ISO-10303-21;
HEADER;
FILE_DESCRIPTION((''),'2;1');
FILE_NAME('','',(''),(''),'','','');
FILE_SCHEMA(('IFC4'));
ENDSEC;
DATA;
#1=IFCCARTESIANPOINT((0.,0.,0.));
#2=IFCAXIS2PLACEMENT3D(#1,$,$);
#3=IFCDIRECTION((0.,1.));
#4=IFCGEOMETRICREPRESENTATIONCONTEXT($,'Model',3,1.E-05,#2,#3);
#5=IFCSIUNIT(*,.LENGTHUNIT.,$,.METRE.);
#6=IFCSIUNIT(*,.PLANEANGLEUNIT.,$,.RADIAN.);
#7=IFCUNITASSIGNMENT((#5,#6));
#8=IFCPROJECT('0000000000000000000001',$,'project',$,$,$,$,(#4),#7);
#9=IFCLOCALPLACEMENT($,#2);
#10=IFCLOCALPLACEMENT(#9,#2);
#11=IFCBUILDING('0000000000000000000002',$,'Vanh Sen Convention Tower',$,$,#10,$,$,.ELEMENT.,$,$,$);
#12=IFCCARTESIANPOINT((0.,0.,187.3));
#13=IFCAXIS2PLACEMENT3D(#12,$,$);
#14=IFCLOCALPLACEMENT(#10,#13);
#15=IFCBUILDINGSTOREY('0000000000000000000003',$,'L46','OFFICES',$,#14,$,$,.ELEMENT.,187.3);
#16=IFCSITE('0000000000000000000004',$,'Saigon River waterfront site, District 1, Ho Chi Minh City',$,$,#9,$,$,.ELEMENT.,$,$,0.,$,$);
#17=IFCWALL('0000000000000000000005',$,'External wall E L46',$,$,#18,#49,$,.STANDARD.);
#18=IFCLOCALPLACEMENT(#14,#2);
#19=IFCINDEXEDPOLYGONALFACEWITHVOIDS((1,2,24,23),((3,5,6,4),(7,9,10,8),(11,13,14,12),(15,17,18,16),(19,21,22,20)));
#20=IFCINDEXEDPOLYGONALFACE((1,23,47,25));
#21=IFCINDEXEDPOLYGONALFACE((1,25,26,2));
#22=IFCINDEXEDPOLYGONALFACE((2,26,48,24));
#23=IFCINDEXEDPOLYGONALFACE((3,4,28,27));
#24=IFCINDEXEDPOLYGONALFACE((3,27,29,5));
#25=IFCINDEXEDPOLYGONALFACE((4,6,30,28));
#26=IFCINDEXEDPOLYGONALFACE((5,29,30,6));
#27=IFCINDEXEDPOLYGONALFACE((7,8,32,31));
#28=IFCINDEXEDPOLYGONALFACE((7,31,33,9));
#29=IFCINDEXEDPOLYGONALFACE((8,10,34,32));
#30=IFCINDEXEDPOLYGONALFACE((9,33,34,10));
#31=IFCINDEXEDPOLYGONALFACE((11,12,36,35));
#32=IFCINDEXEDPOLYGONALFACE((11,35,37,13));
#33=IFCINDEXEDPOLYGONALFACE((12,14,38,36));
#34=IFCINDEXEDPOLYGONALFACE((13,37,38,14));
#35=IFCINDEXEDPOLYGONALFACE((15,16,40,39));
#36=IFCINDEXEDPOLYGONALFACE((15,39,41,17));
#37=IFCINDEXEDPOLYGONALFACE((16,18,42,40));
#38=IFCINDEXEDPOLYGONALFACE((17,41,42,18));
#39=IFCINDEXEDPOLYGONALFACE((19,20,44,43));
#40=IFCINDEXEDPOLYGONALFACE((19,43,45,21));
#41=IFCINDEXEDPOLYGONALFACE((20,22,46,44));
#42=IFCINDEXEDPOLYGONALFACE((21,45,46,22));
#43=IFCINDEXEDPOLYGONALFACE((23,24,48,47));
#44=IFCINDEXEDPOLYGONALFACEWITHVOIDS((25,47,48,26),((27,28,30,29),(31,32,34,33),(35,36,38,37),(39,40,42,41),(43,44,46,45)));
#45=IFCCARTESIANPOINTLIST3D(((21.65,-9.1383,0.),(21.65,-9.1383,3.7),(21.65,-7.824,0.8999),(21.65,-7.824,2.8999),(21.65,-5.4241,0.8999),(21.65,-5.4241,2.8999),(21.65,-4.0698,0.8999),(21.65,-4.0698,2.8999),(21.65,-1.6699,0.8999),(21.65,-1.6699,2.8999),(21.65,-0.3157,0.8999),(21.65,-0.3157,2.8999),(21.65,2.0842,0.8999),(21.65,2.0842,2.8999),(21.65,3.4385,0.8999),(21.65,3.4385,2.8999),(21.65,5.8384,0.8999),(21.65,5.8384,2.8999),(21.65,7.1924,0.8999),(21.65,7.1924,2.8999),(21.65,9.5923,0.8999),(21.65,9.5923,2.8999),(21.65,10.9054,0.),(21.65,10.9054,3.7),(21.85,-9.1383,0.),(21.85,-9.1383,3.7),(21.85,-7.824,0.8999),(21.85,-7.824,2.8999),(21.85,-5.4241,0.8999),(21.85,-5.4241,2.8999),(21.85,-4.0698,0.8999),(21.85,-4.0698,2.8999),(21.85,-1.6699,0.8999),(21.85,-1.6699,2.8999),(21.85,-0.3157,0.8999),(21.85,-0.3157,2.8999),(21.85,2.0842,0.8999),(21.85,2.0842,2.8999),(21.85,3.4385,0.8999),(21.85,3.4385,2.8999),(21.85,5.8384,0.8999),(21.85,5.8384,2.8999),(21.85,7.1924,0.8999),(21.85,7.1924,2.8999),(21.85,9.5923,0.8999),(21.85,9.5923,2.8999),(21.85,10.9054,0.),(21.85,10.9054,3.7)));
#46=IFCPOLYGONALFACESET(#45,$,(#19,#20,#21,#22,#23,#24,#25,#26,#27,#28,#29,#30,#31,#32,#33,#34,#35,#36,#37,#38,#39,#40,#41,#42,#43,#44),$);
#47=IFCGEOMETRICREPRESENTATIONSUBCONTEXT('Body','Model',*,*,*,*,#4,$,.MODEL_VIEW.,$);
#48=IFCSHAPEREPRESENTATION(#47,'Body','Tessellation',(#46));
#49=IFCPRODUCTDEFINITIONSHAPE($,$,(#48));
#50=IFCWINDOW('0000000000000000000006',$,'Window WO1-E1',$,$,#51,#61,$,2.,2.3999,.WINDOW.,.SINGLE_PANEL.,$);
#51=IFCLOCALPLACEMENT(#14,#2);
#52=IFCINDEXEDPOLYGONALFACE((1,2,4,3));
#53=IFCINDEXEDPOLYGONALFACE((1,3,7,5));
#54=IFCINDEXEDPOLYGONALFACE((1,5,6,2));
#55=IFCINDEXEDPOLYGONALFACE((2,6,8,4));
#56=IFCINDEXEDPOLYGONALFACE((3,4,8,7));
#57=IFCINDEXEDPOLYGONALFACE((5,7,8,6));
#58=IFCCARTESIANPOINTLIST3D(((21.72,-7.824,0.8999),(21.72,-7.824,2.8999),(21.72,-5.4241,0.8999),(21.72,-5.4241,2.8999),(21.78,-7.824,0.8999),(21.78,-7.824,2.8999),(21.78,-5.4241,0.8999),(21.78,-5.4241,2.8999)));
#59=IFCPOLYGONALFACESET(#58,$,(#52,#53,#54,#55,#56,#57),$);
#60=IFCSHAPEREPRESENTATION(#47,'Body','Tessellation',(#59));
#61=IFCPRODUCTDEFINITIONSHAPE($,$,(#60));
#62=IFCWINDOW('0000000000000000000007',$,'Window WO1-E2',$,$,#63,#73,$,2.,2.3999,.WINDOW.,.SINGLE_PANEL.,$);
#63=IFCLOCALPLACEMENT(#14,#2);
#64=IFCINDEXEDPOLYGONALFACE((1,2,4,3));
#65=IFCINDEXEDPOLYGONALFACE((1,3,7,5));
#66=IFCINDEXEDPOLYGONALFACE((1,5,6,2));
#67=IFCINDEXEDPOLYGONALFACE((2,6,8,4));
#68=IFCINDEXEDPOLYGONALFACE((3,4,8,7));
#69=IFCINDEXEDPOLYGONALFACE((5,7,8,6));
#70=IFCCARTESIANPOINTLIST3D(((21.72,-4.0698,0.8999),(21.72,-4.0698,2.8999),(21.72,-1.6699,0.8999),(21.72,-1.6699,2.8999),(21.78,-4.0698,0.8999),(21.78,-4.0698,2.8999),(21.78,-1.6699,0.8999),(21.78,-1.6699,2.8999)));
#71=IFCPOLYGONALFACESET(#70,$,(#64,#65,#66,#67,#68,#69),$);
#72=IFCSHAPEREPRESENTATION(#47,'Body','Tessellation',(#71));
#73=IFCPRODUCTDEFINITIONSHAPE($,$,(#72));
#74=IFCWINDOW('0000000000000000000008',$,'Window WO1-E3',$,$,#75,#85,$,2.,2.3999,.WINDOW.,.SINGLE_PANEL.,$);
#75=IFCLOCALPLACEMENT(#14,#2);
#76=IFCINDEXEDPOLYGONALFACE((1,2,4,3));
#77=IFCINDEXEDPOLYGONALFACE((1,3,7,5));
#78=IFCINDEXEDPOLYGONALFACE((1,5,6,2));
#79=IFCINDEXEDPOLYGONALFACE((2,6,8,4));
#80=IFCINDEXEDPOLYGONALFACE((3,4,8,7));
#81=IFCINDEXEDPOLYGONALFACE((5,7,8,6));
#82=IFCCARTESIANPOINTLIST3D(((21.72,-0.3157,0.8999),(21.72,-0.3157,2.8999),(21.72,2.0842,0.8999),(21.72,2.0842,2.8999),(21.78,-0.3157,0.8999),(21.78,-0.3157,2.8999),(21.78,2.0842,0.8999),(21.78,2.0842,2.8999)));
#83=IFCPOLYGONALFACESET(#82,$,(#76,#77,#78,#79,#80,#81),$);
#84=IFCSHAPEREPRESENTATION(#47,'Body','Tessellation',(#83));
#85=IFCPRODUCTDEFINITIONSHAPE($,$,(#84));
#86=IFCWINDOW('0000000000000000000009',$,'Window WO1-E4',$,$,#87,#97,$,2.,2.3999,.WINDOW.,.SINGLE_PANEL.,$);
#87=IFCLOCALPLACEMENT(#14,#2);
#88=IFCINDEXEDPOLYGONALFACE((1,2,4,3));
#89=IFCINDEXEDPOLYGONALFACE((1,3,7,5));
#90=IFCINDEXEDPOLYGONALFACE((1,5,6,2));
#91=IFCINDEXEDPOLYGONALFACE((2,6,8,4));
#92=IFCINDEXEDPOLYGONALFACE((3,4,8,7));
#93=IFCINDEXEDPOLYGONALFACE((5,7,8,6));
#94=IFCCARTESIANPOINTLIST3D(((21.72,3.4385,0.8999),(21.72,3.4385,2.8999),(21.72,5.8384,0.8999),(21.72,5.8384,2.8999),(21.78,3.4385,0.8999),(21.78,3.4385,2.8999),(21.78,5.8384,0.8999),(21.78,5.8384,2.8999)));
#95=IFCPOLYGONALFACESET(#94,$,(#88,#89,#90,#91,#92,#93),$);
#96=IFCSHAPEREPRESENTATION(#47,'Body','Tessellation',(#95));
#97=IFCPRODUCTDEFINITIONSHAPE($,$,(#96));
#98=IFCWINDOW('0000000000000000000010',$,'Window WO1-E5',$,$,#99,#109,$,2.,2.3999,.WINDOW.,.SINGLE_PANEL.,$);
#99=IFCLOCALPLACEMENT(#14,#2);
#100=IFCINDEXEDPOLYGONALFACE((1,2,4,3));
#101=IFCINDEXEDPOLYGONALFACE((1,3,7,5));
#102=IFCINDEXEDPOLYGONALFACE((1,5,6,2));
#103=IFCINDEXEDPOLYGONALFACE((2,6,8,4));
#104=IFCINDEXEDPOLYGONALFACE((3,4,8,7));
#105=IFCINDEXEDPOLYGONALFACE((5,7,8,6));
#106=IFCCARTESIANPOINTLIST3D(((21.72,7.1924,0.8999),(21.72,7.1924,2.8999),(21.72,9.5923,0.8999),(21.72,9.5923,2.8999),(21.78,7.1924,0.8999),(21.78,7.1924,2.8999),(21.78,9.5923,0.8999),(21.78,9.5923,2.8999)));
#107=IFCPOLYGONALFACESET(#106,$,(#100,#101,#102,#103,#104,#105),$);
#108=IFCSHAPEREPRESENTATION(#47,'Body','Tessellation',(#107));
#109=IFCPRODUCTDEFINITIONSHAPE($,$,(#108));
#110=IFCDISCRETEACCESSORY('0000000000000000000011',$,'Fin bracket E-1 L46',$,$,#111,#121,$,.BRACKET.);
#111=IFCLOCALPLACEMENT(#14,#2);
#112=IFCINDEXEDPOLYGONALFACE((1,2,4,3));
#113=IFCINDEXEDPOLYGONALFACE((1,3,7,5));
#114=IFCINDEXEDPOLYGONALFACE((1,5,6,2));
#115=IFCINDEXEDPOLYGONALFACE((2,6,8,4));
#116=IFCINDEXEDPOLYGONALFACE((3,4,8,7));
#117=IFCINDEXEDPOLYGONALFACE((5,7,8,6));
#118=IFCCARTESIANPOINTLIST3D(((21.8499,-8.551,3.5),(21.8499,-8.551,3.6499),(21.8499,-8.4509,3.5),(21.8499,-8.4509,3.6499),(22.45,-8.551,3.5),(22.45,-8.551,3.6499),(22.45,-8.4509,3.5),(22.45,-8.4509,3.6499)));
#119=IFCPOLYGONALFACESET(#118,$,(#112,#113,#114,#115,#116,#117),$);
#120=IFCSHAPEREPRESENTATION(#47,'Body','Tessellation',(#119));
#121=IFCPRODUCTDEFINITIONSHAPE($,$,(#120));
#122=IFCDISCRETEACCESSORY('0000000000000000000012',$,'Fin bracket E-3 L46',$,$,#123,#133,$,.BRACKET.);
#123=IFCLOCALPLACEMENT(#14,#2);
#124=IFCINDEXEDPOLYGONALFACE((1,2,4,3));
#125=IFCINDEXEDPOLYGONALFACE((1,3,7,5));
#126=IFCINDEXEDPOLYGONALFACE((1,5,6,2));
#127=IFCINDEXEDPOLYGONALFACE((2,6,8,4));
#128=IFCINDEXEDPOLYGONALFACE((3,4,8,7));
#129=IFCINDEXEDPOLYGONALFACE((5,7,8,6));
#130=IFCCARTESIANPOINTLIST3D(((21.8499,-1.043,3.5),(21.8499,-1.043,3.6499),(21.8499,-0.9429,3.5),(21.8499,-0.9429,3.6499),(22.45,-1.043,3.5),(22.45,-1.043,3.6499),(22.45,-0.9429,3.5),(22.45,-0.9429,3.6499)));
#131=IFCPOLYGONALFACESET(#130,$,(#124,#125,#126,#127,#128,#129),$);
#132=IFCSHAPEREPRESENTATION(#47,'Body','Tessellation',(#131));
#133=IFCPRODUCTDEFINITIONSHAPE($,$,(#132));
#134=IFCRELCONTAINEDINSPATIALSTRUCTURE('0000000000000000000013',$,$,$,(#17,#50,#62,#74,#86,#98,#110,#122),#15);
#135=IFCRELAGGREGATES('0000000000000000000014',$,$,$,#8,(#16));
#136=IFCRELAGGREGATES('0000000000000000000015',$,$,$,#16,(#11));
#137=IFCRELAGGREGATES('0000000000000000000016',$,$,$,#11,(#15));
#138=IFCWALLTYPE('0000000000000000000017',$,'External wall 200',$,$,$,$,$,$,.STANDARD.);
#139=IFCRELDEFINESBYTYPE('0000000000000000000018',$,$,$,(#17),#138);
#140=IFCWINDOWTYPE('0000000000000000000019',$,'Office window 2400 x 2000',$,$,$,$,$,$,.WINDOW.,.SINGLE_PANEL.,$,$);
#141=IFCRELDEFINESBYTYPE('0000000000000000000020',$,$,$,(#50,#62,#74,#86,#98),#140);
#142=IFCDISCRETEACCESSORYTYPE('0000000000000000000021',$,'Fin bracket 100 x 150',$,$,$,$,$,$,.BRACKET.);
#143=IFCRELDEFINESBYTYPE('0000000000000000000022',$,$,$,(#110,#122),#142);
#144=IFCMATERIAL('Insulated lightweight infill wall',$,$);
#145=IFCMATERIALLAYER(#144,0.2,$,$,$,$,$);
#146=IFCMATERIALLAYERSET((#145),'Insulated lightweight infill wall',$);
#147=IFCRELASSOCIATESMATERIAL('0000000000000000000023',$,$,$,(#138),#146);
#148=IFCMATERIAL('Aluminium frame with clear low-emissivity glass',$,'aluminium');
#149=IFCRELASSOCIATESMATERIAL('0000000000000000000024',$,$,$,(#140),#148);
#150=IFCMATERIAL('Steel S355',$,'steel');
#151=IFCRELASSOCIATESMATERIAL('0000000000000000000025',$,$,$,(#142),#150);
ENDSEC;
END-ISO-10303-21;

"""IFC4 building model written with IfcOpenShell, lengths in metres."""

from ifc_helpers import new_model, si_unit, direction, frame, frame_2d, origin, origin_2d, place, context, subcontext, project, spatial, rectangle, extrude, material, layer, layer_set, type_object, element, fill, save


model = new_model("IFC4")

# Units and contexts
model_context = context("Model", 3, precision=1e-05, world=origin(), true_north=direction((0.0, 1.0)))
body_context = subcontext(model_context, "Body", "Model", "MODEL_VIEW")
ifc_project = project(units=[si_unit("LENGTHUNIT", "METRE"), si_unit("PLANEANGLEUNIT", "RADIAN")], contexts=[model_context])

# Site, building, storey
site_placement = place(None, origin())
site = spatial("IfcSite", under=ifc_project, at=site_placement, Name="Saigon River waterfront site, District 1, Ho Chi Minh City", CompositionType="ELEMENT", RefElevation=0.0)
building_placement = place(site_placement, origin())
building = spatial("IfcBuilding", under=site, at=building_placement, Name="Vanh Sen Convention Tower", CompositionType="ELEMENT")
storey_placement = place(building_placement, frame((0.0, 0.0, 187.3)))
storey = spatial("IfcBuildingStorey", under=building, at=storey_placement, Name="L46", Description="OFFICES", CompositionType="ELEMENT", Elevation=187.3)

# Wall, openings, windows
ifc_material_1 = material(Name="Insulated lightweight infill wall")
ifc_layer_1 = layer(ifc_material_1, 0.2)
ifc_layer_set_1 = layer_set([ifc_layer_1], Name="Insulated lightweight infill wall")
wall_type_1 = type_object("IfcWallType", Name="External wall 200", PredefinedType="STANDARD", material=ifc_layer_set_1)
wall_1_placement = place(storey_placement, frame((21.75, -9.1384, 0.0), z_axis=(0.0, 0.0, 1.0), x_axis=(0.0, 1.0, 0.0)))
wall_1 = element("IfcWall", 1, at=wall_1_placement, inside=storey, type_object=wall_type_1, Name="External wall E L46", PredefinedType="STANDARD", context=body_context, shape_type="SweptSolid", body=[
    extrude(rectangle(XDim=20.0437, YDim=0.2, at=frame_2d((10.022, 0.0))), origin(), (0.0, 0.0, 1.0), 3.7),
])
opening_1_placement = place(wall_1_placement, frame((1.3145, 0.0, 0.8999)))
opening_1 = element("IfcOpeningElement", 2, at=opening_1_placement, cuts=wall_1, PredefinedType="OPENING", context=body_context, shape_type="SweptSolid", body=[
    extrude(rectangle(XDim=2.3999, YDim=2.0, at=frame_2d((1.2, 1.0))), frame((0.0, 0.1099, 0.0), z_axis=(0.0, -1.0, 0.0), x_axis=(1.0, 0.0, 0.0)), (0.0, 0.0, 1.0), 0.22),
])
opening_2_placement = place(wall_1_placement, frame((5.0686, 0.0, 0.8999)))
opening_2 = element("IfcOpeningElement", 3, at=opening_2_placement, cuts=wall_1, PredefinedType="OPENING", context=body_context, shape_type="SweptSolid", body=[
    extrude(rectangle(XDim=2.3999, YDim=2.0, at=frame_2d((1.2, 1.0))), frame((0.0, 0.1099, 0.0), z_axis=(0.0, -1.0, 0.0), x_axis=(1.0, 0.0, 0.0)), (0.0, 0.0, 1.0), 0.22),
])
opening_3_placement = place(wall_1_placement, frame((8.8228, 0.0, 0.8999)))
opening_3 = element("IfcOpeningElement", 4, at=opening_3_placement, cuts=wall_1, PredefinedType="OPENING", context=body_context, shape_type="SweptSolid", body=[
    extrude(rectangle(XDim=2.3999, YDim=2.0, at=frame_2d((1.2, 1.0))), frame((0.0, 0.1099, 0.0), z_axis=(0.0, -1.0, 0.0), x_axis=(1.0, 0.0, 0.0)), (0.0, 0.0, 1.0), 0.22),
])
opening_4_placement = place(wall_1_placement, frame((12.5769, 0.0, 0.8999)))
opening_4 = element("IfcOpeningElement", 5, at=opening_4_placement, cuts=wall_1, PredefinedType="OPENING", context=body_context, shape_type="SweptSolid", body=[
    extrude(rectangle(XDim=2.3999, YDim=2.0, at=frame_2d((1.2, 1.0))), frame((0.0, 0.1099, 0.0), z_axis=(0.0, -1.0, 0.0), x_axis=(1.0, 0.0, 0.0)), (0.0, 0.0, 1.0), 0.22),
])
opening_5_placement = place(wall_1_placement, frame((16.3308, 0.0, 0.8999)))
opening_5 = element("IfcOpeningElement", 6, at=opening_5_placement, cuts=wall_1, PredefinedType="OPENING", context=body_context, shape_type="SweptSolid", body=[
    extrude(rectangle(XDim=2.3999, YDim=2.0, at=frame_2d((1.2, 1.0))), frame((0.0, 0.1099, 0.0), z_axis=(0.0, -1.0, 0.0), x_axis=(1.0, 0.0, 0.0)), (0.0, 0.0, 1.0), 0.22),
])
ifc_material_2 = material(Name="Aluminium frame with clear low-emissivity glass", Category="aluminium")
window_type = type_object("IfcWindowType", Name="Office window 2400 x 2000", PartitioningType="SINGLE_PANEL", PredefinedType="WINDOW", material=ifc_material_2)
window_1_placement = place(opening_1_placement, origin())
window_1 = element("IfcWindow", 7, at=window_1_placement, inside=storey, type_object=window_type, Name="Window WO1-E1", OverallHeight=2.0, OverallWidth=2.3999, PartitioningType="SINGLE_PANEL", PredefinedType="WINDOW", context=body_context, shape_type="SweptSolid", body=[
    extrude(rectangle(XDim=2.3999, YDim=2.0, at=frame_2d((1.2, 1.0))), frame((0.0, 0.03, 0.0), z_axis=(0.0, -1.0, 0.0), x_axis=(1.0, 0.0, 0.0)), (0.0, 0.0, 1.0), 0.0601),
])
fill(opening_1, window_1)
window_2_placement = place(opening_2_placement, origin())
window_2 = element("IfcWindow", 8, at=window_2_placement, inside=storey, type_object=window_type, Name="Window WO1-E2", OverallHeight=2.0, OverallWidth=2.3999, PartitioningType="SINGLE_PANEL", PredefinedType="WINDOW", context=body_context, shape_type="SweptSolid", body=[
    extrude(rectangle(XDim=2.3999, YDim=2.0, at=frame_2d((1.2, 1.0))), frame((0.0, 0.03, 0.0), z_axis=(0.0, -1.0, 0.0), x_axis=(1.0, 0.0, 0.0)), (0.0, 0.0, 1.0), 0.0601),
])
fill(opening_2, window_2)
window_3_placement = place(opening_3_placement, origin())
window_3 = element("IfcWindow", 9, at=window_3_placement, inside=storey, type_object=window_type, Name="Window WO1-E3", OverallHeight=2.0, OverallWidth=2.3999, PartitioningType="SINGLE_PANEL", PredefinedType="WINDOW", context=body_context, shape_type="SweptSolid", body=[
    extrude(rectangle(XDim=2.3999, YDim=2.0, at=frame_2d((1.2, 1.0))), frame((0.0, 0.03, 0.0), z_axis=(0.0, -1.0, 0.0), x_axis=(1.0, 0.0, 0.0)), (0.0, 0.0, 1.0), 0.0601),
])
fill(opening_3, window_3)
window_4_placement = place(opening_4_placement, origin())
window_4 = element("IfcWindow", 10, at=window_4_placement, inside=storey, type_object=window_type, Name="Window WO1-E4", OverallHeight=2.0, OverallWidth=2.3999, PartitioningType="SINGLE_PANEL", PredefinedType="WINDOW", context=body_context, shape_type="SweptSolid", body=[
    extrude(rectangle(XDim=2.3999, YDim=2.0, at=frame_2d((1.2, 1.0))), frame((0.0, 0.03, 0.0), z_axis=(0.0, -1.0, 0.0), x_axis=(1.0, 0.0, 0.0)), (0.0, 0.0, 1.0), 0.0601),
])
fill(opening_4, window_4)
window_5_placement = place(opening_5_placement, origin())
window_5 = element("IfcWindow", 11, at=window_5_placement, inside=storey, type_object=window_type, Name="Window WO1-E5", OverallHeight=2.0, OverallWidth=2.3999, PartitioningType="SINGLE_PANEL", PredefinedType="WINDOW", context=body_context, shape_type="SweptSolid", body=[
    extrude(rectangle(XDim=2.3999, YDim=2.0, at=frame_2d((1.2, 1.0))), frame((0.0, 0.03, 0.0), z_axis=(0.0, -1.0, 0.0), x_axis=(1.0, 0.0, 0.0)), (0.0, 0.0, 1.0), 0.0601),
])
fill(opening_5, window_5)

# Discrete accessories
ifc_material_3 = material(Name="Steel S355", Category="steel")
discrete_accessory_type = type_object("IfcDiscreteAccessoryType", Name="Fin bracket 100 x 150", PredefinedType="BRACKET", material=ifc_material_3)
for number, where, z_axis, x_axis, name in (
    (12, (22.1499, -8.501, 3.5), (0.0, 0.0, 1.0), (1.0, 0.0, 0.0), "Fin bracket E-1 L46"),
    (13, (22.1499, -0.9929, 3.5), (0.0, 0.0, 1.0), (1.0, 0.0, 0.0), "Fin bracket E-3 L46"),
):
    element("IfcDiscreteAccessory", number, at=place(storey_placement, frame(where, z_axis=z_axis, x_axis=x_axis)), inside=storey, type_object=discrete_accessory_type, Name=name, PredefinedType="BRACKET", context=body_context, shape_type="SweptSolid", body=[
        extrude(rectangle(XDim=0.6001, YDim=0.1001, at=origin_2d()), origin(), (0.0, 0.0, 1.0), 0.1499),
    ])

save(model, "model.ifc")
